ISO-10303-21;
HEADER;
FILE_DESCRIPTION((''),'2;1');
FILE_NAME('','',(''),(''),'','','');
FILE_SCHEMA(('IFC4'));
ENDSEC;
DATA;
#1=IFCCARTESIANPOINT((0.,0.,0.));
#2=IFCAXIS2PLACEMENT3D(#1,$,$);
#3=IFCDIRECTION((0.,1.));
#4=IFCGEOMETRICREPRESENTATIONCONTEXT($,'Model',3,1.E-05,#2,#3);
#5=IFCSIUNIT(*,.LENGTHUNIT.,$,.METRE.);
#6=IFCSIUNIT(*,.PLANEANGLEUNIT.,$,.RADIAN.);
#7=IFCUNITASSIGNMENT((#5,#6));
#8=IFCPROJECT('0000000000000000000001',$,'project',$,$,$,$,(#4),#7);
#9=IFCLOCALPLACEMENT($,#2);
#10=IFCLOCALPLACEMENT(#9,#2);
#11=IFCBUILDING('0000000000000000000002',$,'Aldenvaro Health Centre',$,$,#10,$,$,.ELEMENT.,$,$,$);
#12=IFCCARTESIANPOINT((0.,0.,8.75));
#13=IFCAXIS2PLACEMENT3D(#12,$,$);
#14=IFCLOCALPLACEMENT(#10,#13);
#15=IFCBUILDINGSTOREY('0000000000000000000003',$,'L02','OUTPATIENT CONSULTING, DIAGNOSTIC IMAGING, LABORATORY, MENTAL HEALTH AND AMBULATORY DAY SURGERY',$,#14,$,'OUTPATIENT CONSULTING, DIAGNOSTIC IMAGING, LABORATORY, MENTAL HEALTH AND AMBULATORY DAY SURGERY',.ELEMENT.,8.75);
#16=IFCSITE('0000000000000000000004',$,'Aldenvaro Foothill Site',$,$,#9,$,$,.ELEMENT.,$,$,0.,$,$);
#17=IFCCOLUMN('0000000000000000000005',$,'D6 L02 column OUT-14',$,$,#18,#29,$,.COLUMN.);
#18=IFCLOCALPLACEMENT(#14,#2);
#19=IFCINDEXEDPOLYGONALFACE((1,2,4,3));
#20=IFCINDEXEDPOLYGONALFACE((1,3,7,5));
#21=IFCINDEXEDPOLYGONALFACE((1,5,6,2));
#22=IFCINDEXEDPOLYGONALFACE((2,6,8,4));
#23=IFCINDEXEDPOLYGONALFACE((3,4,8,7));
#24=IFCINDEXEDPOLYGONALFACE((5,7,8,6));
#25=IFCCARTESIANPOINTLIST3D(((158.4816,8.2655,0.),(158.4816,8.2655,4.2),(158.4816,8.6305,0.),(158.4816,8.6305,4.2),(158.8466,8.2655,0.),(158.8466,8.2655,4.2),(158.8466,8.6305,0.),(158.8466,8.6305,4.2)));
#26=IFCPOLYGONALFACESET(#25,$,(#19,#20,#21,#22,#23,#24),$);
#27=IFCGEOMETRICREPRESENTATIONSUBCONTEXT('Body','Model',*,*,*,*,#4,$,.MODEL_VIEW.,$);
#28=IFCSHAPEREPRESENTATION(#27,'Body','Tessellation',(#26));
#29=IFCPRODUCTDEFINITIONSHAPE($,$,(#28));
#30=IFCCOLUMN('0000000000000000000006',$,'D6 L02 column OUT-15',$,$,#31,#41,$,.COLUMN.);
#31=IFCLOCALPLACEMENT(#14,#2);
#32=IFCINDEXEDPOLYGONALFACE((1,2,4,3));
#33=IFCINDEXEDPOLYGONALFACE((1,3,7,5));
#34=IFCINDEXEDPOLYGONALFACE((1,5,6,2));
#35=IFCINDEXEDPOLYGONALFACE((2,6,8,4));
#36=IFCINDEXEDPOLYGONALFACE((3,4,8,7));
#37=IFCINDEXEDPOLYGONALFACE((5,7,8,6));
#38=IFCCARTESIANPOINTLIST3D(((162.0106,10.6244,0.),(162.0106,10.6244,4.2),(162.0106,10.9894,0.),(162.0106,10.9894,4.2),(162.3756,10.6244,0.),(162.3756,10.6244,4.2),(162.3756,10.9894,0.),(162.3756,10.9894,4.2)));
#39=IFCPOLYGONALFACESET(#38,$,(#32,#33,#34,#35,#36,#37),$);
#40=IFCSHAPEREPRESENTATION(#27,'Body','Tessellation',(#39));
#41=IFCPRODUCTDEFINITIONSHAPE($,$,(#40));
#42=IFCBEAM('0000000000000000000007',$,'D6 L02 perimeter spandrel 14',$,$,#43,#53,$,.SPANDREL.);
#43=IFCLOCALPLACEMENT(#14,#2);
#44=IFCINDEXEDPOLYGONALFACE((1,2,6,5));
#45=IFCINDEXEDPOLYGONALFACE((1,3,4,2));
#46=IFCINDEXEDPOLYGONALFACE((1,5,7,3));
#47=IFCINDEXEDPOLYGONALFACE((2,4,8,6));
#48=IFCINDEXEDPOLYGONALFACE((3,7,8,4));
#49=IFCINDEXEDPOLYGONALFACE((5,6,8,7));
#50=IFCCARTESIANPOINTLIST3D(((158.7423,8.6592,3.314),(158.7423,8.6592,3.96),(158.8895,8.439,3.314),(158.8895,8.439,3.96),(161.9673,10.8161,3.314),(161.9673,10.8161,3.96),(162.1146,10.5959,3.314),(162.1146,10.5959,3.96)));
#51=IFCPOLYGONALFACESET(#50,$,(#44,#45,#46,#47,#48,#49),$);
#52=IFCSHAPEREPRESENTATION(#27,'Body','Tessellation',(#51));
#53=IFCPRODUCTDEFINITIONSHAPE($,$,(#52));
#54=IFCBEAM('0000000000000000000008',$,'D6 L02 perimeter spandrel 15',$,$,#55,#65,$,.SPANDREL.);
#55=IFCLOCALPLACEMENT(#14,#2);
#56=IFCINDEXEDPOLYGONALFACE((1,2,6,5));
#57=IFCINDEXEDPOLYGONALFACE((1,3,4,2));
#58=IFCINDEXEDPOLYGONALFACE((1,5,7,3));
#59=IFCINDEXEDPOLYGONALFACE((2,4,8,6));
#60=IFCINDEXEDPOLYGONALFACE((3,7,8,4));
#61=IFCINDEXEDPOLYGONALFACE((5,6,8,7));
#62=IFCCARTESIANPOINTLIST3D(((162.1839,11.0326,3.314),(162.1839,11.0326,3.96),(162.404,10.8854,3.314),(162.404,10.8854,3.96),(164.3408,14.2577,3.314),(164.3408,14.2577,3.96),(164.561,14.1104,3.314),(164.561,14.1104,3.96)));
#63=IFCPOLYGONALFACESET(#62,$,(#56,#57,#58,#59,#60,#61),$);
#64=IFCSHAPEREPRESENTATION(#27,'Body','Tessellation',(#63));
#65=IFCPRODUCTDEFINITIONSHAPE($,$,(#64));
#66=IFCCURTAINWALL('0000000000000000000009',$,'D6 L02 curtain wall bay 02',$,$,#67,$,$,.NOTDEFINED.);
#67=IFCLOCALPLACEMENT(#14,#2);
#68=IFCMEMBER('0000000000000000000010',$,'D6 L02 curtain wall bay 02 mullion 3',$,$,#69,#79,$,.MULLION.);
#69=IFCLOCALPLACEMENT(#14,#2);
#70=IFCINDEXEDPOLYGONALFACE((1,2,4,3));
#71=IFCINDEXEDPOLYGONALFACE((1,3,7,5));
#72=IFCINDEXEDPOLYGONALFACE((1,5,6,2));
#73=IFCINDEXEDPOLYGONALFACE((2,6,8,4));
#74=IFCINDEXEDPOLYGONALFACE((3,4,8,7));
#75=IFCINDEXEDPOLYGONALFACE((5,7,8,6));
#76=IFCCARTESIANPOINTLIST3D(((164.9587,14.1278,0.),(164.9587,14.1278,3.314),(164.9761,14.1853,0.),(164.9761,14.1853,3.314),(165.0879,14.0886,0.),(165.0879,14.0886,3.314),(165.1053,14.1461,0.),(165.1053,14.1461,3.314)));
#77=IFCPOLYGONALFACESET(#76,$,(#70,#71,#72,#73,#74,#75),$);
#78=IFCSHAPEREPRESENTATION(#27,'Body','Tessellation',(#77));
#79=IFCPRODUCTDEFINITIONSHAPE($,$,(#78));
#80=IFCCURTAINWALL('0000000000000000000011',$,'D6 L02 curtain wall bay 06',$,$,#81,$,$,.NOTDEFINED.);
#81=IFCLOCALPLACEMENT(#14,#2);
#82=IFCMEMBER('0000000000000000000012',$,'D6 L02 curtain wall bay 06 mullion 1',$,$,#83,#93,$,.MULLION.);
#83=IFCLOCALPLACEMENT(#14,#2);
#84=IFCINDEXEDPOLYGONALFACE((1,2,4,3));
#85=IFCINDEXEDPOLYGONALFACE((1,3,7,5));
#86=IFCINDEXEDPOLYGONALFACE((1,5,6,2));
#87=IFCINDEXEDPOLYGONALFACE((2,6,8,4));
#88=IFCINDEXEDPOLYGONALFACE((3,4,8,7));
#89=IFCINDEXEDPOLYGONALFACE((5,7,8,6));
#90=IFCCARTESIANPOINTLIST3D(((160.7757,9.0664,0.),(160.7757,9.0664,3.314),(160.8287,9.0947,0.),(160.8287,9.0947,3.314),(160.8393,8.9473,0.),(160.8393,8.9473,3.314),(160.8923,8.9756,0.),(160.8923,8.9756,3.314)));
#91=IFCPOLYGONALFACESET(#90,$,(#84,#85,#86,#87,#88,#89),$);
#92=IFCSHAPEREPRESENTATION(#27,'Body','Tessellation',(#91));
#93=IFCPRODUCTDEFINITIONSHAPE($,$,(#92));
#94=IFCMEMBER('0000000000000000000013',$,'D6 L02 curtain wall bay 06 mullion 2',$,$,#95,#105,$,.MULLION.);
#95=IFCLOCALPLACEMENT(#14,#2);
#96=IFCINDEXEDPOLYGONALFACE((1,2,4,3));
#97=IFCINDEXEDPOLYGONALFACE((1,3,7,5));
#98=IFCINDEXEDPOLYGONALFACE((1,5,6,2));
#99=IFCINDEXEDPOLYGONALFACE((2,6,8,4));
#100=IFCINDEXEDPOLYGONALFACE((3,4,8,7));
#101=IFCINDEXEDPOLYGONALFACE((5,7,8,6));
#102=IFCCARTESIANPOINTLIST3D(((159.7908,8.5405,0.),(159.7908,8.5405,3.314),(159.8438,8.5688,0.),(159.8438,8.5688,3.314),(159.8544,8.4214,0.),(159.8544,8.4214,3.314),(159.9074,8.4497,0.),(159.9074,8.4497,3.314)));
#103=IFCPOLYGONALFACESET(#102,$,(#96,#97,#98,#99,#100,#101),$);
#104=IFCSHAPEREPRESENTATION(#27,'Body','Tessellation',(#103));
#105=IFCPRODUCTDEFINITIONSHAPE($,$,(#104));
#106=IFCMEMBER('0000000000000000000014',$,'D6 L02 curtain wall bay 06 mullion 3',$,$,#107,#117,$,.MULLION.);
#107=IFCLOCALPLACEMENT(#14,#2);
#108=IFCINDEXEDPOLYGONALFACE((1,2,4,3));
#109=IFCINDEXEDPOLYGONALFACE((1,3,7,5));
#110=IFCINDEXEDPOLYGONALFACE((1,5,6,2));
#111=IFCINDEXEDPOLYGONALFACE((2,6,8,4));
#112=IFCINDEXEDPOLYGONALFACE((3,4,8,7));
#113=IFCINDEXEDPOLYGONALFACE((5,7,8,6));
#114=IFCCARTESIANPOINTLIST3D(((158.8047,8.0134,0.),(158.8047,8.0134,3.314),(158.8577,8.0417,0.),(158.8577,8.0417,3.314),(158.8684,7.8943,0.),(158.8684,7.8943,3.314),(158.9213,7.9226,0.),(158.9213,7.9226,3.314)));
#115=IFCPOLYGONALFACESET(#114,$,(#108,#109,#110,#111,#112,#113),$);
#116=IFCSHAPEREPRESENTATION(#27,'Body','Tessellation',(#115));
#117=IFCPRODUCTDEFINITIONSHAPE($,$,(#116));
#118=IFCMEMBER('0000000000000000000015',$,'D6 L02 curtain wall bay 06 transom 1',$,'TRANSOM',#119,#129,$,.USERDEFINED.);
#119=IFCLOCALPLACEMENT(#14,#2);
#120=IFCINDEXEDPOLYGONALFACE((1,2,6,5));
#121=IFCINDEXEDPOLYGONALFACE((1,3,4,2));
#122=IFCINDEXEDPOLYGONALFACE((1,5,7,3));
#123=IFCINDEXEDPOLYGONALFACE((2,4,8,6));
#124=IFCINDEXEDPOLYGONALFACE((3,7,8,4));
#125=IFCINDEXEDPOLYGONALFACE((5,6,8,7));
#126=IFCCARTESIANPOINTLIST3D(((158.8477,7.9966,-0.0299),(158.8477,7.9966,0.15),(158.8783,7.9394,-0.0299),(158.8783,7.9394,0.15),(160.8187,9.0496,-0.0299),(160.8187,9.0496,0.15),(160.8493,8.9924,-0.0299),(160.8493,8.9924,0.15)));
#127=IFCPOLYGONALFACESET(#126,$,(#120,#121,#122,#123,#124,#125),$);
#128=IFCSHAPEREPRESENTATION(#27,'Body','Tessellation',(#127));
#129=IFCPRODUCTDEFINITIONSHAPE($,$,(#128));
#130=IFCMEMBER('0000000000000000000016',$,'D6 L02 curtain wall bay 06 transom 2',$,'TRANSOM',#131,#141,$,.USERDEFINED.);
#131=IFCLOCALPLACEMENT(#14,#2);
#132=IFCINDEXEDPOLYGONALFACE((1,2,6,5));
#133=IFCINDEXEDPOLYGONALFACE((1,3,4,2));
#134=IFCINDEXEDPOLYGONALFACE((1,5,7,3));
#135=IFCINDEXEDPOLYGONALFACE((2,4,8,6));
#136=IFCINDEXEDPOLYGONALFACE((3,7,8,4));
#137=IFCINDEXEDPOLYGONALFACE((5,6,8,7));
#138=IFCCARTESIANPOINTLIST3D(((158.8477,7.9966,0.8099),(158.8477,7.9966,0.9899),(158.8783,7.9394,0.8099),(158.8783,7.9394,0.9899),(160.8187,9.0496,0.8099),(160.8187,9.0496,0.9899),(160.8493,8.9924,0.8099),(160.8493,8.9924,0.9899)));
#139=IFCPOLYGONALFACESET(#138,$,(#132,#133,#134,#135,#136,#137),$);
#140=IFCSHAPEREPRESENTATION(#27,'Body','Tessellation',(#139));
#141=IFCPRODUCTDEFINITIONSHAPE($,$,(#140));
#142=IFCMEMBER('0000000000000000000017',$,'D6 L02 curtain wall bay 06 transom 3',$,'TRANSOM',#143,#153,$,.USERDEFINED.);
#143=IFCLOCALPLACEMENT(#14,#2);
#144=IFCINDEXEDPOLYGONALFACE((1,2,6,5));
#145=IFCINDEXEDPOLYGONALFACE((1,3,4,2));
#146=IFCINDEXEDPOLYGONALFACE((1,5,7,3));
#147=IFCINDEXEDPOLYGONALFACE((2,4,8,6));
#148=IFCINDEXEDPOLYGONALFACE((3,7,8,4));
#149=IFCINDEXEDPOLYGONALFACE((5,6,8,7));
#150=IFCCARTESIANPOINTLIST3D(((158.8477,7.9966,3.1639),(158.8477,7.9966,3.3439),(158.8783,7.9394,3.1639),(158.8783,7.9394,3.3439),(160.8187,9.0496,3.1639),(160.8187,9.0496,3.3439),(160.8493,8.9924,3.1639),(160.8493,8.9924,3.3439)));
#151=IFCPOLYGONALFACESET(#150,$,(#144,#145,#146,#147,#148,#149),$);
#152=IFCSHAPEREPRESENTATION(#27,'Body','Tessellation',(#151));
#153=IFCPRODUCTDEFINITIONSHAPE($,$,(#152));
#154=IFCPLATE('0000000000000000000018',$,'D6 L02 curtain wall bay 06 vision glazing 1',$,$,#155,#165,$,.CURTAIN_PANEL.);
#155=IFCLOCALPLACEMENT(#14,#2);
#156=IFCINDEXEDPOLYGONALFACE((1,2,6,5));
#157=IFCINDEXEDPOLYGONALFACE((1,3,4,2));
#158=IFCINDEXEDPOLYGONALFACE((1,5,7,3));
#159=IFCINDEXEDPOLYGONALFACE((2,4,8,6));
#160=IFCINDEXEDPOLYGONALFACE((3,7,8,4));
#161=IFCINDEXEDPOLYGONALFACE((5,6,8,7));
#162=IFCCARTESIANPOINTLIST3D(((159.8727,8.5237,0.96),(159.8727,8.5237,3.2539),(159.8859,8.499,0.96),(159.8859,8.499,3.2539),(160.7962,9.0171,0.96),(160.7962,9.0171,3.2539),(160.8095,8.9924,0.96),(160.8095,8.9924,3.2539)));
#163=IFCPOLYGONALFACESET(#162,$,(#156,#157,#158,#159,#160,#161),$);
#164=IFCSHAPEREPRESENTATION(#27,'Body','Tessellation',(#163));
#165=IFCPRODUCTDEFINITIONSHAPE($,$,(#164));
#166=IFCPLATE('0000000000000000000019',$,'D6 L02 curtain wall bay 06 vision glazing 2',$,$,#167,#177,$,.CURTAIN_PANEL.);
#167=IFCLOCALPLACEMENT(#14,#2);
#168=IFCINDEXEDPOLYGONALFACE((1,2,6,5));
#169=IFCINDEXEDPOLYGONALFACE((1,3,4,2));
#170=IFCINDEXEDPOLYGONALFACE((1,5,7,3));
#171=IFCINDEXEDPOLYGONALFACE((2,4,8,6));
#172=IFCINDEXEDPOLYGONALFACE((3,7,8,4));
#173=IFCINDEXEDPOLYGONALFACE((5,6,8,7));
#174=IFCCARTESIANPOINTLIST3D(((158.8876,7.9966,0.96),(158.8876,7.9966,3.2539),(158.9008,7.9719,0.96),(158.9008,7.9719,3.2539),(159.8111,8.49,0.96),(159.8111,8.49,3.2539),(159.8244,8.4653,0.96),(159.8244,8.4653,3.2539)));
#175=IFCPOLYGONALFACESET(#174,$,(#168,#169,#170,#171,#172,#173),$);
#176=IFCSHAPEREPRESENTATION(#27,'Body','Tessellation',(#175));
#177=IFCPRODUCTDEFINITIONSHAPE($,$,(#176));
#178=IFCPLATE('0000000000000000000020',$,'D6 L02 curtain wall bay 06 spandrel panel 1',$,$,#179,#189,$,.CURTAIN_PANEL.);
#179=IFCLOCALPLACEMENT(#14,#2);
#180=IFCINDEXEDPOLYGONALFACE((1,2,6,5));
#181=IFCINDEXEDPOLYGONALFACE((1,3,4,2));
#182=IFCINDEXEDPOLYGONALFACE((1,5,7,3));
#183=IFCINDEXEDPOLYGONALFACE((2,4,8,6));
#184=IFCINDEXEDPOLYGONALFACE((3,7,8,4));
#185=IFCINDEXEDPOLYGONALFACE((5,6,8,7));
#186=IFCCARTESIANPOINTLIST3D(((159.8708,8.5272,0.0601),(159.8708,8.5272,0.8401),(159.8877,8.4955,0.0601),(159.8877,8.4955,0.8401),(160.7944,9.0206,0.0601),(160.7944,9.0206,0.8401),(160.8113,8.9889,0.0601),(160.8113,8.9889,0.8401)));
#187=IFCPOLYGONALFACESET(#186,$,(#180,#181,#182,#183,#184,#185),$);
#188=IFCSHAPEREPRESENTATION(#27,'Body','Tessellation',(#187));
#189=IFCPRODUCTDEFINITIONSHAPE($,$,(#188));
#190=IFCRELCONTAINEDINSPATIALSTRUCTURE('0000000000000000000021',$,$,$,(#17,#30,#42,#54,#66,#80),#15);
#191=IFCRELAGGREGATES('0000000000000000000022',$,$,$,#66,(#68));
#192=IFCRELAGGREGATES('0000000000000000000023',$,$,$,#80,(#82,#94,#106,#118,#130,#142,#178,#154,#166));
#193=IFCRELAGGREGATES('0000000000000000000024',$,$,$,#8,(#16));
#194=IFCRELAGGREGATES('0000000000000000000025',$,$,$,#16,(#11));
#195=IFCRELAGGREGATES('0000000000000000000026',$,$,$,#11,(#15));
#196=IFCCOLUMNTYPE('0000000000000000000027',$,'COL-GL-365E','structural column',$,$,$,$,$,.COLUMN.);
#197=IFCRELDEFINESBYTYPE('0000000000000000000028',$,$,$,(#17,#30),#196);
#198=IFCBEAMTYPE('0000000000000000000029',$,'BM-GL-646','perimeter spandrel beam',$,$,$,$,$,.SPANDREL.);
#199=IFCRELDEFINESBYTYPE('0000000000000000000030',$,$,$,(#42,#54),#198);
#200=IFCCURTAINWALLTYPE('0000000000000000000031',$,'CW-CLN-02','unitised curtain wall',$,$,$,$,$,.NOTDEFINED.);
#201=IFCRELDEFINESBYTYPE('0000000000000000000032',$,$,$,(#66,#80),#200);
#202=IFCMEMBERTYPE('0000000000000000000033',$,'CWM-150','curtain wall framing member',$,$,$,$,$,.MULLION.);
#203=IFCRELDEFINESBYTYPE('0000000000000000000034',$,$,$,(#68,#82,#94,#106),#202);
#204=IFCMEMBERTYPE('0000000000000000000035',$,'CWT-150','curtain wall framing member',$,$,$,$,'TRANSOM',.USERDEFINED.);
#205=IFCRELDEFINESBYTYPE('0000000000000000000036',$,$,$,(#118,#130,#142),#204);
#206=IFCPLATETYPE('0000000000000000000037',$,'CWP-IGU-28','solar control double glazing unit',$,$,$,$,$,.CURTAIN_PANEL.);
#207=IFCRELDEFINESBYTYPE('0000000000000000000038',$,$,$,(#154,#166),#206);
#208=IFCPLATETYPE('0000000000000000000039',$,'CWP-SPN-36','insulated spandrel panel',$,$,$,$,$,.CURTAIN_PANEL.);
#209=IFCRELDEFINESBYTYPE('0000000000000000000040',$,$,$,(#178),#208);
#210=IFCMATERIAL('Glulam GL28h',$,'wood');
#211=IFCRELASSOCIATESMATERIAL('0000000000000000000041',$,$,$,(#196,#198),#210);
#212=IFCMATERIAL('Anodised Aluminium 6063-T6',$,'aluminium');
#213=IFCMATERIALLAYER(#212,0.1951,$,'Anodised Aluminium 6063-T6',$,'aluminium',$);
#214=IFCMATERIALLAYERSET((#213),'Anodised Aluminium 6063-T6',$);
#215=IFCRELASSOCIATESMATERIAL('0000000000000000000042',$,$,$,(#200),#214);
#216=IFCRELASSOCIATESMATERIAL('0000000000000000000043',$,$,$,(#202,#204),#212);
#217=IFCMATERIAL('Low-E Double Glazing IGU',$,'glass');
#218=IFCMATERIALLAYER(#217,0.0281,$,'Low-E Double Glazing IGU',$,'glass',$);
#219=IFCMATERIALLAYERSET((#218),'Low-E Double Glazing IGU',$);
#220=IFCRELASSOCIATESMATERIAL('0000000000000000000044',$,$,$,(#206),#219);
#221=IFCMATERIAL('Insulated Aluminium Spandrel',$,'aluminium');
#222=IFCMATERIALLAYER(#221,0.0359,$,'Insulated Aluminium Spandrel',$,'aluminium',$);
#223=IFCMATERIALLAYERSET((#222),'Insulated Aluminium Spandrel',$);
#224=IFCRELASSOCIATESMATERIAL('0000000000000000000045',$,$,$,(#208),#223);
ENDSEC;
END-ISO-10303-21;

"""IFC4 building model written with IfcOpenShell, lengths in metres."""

from ifc_helpers import new_model, si_unit, direction, frame, origin, origin_2d, place, context, subcontext, project, spatial, rectangle, extrude, material, layer, layer_set, material_profile, profile_set, type_object, element, aggregate, save


model = new_model("IFC4")

# Units and contexts
model_context = context("Model", 3, precision=1e-05, world=origin(), true_north=direction((0.0, 1.0)))
body_context = subcontext(model_context, "Body", "Model", "MODEL_VIEW")
ifc_project = project(units=[si_unit("LENGTHUNIT", "METRE"), si_unit("PLANEANGLEUNIT", "RADIAN")], contexts=[model_context])

# Site, building, storey
site_placement = place(None, origin())
site = spatial("IfcSite", under=ifc_project, at=site_placement, Name="Aldenvaro Foothill Site", CompositionType="ELEMENT", RefElevation=0.0)
building_placement = place(site_placement, origin())
building = spatial("IfcBuilding", under=site, at=building_placement, Name="Aldenvaro Health Centre", CompositionType="ELEMENT")
storey_placement = place(building_placement, frame((0.0, 0.0, 8.75)))
storey = spatial("IfcBuildingStorey", under=building, at=storey_placement, Name="L02", Description="OUTPATIENT CONSULTING, DIAGNOSTIC IMAGING, LABORATORY, MENTAL HEALTH AND AMBULATORY DAY SURGERY", LongName="OUTPATIENT CONSULTING, DIAGNOSTIC IMAGING, LABORATORY, MENTAL HEALTH AND AMBULATORY DAY SURGERY", CompositionType="ELEMENT", Elevation=8.75)

# Columns
ifc_material_1 = material(Name="Glulam GL28h", Category="wood")
ifc_material_profile_1 = material_profile(ifc_material_1, rectangle(XDim=0.365, YDim=0.365, at=origin_2d()), Name="GL 365x365", Category="wood")
ifc_profile_set_1 = profile_set([ifc_material_profile_1], Name="Glulam GL28h")
column_type = type_object("IfcColumnType", Name="COL-GL-365E", Description="structural column", PredefinedType="COLUMN", material=ifc_profile_set_1)
for number, where, z_axis, x_axis, name in (
    (1, (158.6641, 8.448, 0.0), (0.0, 0.0, 1.0), (1.0, 0.0, 0.0), "D6 L02 column OUT-14"),
    (2, (162.1931, 10.8069, 0.0), (0.0, 0.0, 1.0), (1.0, 0.0, 0.0), "D6 L02 column OUT-15"),
):
    element("IfcColumn", number, at=place(storey_placement, frame(where, z_axis=z_axis, x_axis=x_axis)), inside=storey, type_object=column_type, Name=name, PredefinedType="COLUMN", context=body_context, shape_type="SweptSolid", body=[
        extrude(rectangle(XDim=0.365, YDim=0.365, at=origin_2d()), origin(), (0.0, 0.0, 1.0), 4.2),
    ])

# Beams
ifc_material_profile_2 = material_profile(ifc_material_1, rectangle(XDim=0.2649, YDim=0.646, at=origin_2d()), Name="GL 265x646", Category="wood")
ifc_profile_set_2 = profile_set([ifc_material_profile_2], Name="Glulam GL28h")
beam_type = type_object("IfcBeamType", Name="BM-GL-646", Description="perimeter spandrel beam", PredefinedType="SPANDREL", material=ifc_profile_set_2)
for number, where, z_axis, x_axis, name in (
    (3, (158.8159, 8.5491, 3.637), (0.831227, 0.555934, 0.0), (-0.555934, 0.831227, 0.0), "D6 L02 perimeter spandrel 14"),
    (4, (162.2939, 10.959, 3.637), (0.555934, 0.831227, 0.0), (-0.831227, 0.555934, 0.0), "D6 L02 perimeter spandrel 15"),
):
    element("IfcBeam", number, at=place(storey_placement, frame(where, z_axis=z_axis, x_axis=x_axis)), inside=storey, type_object=beam_type, Name=name, PredefinedType="SPANDREL", context=body_context, shape_type="SweptSolid", body=[
        extrude(rectangle(XDim=0.2649, YDim=0.646, at=origin_2d()), origin(), (0.0, 0.0, 1.0), 3.8799),
    ])

# Curtain wall, member
ifc_material_2 = material(Name="Anodised Aluminium 6063-T6", Category="aluminium")
ifc_layer_1 = layer(ifc_material_2, 0.1951, Name="Anodised Aluminium 6063-T6", Category="aluminium")
ifc_layer_set_1 = layer_set([ifc_layer_1], Name="Anodised Aluminium 6063-T6")
curtain_wall_type = type_object("IfcCurtainWallType", Name="CW-CLN-02", Description="unitised curtain wall", PredefinedType="NOTDEFINED", material=ifc_layer_set_1)
curtain_wall_1_placement = place(storey_placement, origin())
curtain_wall_1 = element("IfcCurtainWall", 5, at=curtain_wall_1_placement, inside=storey, type_object=curtain_wall_type, Name="D6 L02 curtain wall bay 02", PredefinedType="NOTDEFINED")
ifc_material_profile_3 = material_profile(ifc_material_2, rectangle(XDim=0.0601, YDim=0.135, at=origin_2d()), Name="ALU 60x135", Category="aluminium")
ifc_profile_set_3 = profile_set([ifc_material_profile_3], Name="Anodised Aluminium 6063-T6")
member_type_1 = type_object("IfcMemberType", Name="CWM-150", Description="curtain wall framing member", PredefinedType="MULLION", material=ifc_profile_set_3)
member_1_placement = place(storey_placement, frame((165.032, 14.137, 0.0), z_axis=(0.0, 0.0, 1.0), x_axis=(-0.290343, -0.956923, 0.0)))
member_1 = element("IfcMember", 6, at=member_1_placement, type_object=member_type_1, Name="D6 L02 curtain wall bay 02 mullion 3", PredefinedType="MULLION", context=body_context, shape_type="SweptSolid", body=[
    extrude(rectangle(XDim=0.0601, YDim=0.135, at=origin_2d()), origin(), (0.0, 0.0, 1.0), 3.314),
])
aggregate(curtain_wall_1, [member_1])

# Curtain wall, members, plates
curtain_wall_2_placement = place(storey_placement, origin())
curtain_wall_2 = element("IfcCurtainWall", 7, at=curtain_wall_2_placement, inside=storey, type_object=curtain_wall_type, Name="D6 L02 curtain wall bay 06", PredefinedType="NOTDEFINED")
member_2_placement = place(storey_placement, frame((160.834, 9.021, 0.0), z_axis=(0.0, 0.0, 1.0), x_axis=(-0.882018, -0.471215, 0.0)))
member_2 = element("IfcMember", 8, at=member_2_placement, type_object=member_type_1, Name="D6 L02 curtain wall bay 06 mullion 1", PredefinedType="MULLION", context=body_context, shape_type="SweptSolid", body=[
    extrude(rectangle(XDim=0.0601, YDim=0.135, at=origin_2d()), origin(), (0.0, 0.0, 1.0), 3.314),
])
member_3_placement = place(storey_placement, frame((159.8491, 8.4951, 0.0), z_axis=(0.0, 0.0, 1.0), x_axis=(-0.882018, -0.471215, 0.0)))
member_3 = element("IfcMember", 9, at=member_3_placement, type_object=member_type_1, Name="D6 L02 curtain wall bay 06 mullion 2", PredefinedType="MULLION", context=body_context, shape_type="SweptSolid", body=[
    extrude(rectangle(XDim=0.0601, YDim=0.135, at=origin_2d()), origin(), (0.0, 0.0, 1.0), 3.314),
])
member_4_placement = place(storey_placement, frame((158.863, 7.968, 0.0), z_axis=(0.0, 0.0, 1.0), x_axis=(-0.882018, -0.471215, 0.0)))
member_4 = element("IfcMember", 10, at=member_4_placement, type_object=member_type_1, Name="D6 L02 curtain wall bay 06 mullion 3", PredefinedType="MULLION", context=body_context, shape_type="SweptSolid", body=[
    extrude(rectangle(XDim=0.0601, YDim=0.135, at=origin_2d()), origin(), (0.0, 0.0, 1.0), 3.314),
])
ifc_material_profile_4 = material_profile(ifc_material_2, rectangle(XDim=0.0649, YDim=0.1799, at=origin_2d()), Name="ALU 65x180", Category="aluminium")
ifc_profile_set_4 = profile_set([ifc_material_profile_4], Name="Anodised Aluminium 6063-T6")
member_type_2 = type_object("IfcMemberType", Name="CWT-150", Description="curtain wall framing member", ElementType="TRANSOM", PredefinedType="USERDEFINED", material=ifc_profile_set_4)
member_5_placement = place(storey_placement, frame((160.834, 9.021, 0.0601), z_axis=(-0.882017, -0.471218, 0.0), x_axis=(0.471218, -0.882017, 0.0)))
member_5 = element("IfcMember", 11, at=member_5_placement, type_object=member_type_2, Name="D6 L02 curtain wall bay 06 transom 1", ObjectType="TRANSOM", PredefinedType="USERDEFINED", context=body_context, shape_type="SweptSolid", body=[
    extrude(rectangle(XDim=0.0649, YDim=0.1799, at=origin_2d()), origin(), (0.0, 0.0, 1.0), 2.2346),
])
member_6_placement = place(storey_placement, frame((160.834, 9.021, 0.8999), z_axis=(-0.882017, -0.471218, 0.0), x_axis=(0.471218, -0.882017, 0.0)))
member_6 = element("IfcMember", 12, at=member_6_placement, type_object=member_type_2, Name="D6 L02 curtain wall bay 06 transom 2", ObjectType="TRANSOM", PredefinedType="USERDEFINED", context=body_context, shape_type="SweptSolid", body=[
    extrude(rectangle(XDim=0.0649, YDim=0.1799, at=origin_2d()), origin(), (0.0, 0.0, 1.0), 2.2346),
])
member_7_placement = place(storey_placement, frame((160.834, 9.021, 3.2539), z_axis=(-0.882017, -0.471218, 0.0), x_axis=(0.471218, -0.882017, 0.0)))
member_7 = element("IfcMember", 13, at=member_7_placement, type_object=member_type_2, Name="D6 L02 curtain wall bay 06 transom 3", ObjectType="TRANSOM", PredefinedType="USERDEFINED", context=body_context, shape_type="SweptSolid", body=[
    extrude(rectangle(XDim=0.0649, YDim=0.1799, at=origin_2d()), origin(), (0.0, 0.0, 1.0), 2.2346),
])
ifc_material_3 = material(Name="Low-E Double Glazing IGU", Category="glass")
ifc_layer_2 = layer(ifc_material_3, 0.0281, Name="Low-E Double Glazing IGU", Category="glass")
ifc_layer_set_2 = layer_set([ifc_layer_2], Name="Low-E Double Glazing IGU")
plate_type_1 = type_object("IfcPlateType", Name="CWP-IGU-28", Description="solar control double glazing unit", PredefinedType="CURTAIN_PANEL", material=ifc_layer_set_2)
plate_1_placement = place(storey_placement, frame((160.3411, 8.7581, 0.96), z_axis=(0.0, 0.0, 1.0), x_axis=(-0.882018, -0.471215, 0.0)))
plate_1 = element("IfcPlate", 14, at=plate_1_placement, type_object=plate_type_1, Name="D6 L02 curtain wall bay 06 vision glazing 1", PredefinedType="CURTAIN_PANEL", context=body_context, shape_type="SweptSolid", body=[
    extrude(rectangle(XDim=1.0471, YDim=0.0281, at=origin_2d()), origin(), (0.0, 0.0, 1.0), 2.2939),
])
plate_2_placement = place(storey_placement, frame((159.356, 8.231, 0.96), z_axis=(0.0, 0.0, 1.0), x_axis=(-0.882018, -0.471215, 0.0)))
plate_2 = element("IfcPlate", 15, at=plate_2_placement, type_object=plate_type_1, Name="D6 L02 curtain wall bay 06 vision glazing 2", PredefinedType="CURTAIN_PANEL", context=body_context, shape_type="SweptSolid", body=[
    extrude(rectangle(XDim=1.0471, YDim=0.0281, at=origin_2d()), origin(), (0.0, 0.0, 1.0), 2.2939),
])
ifc_material_4 = material(Name="Insulated Aluminium Spandrel", Category="aluminium")
ifc_layer_3 = layer(ifc_material_4, 0.0359, Name="Insulated Aluminium Spandrel", Category="aluminium")
ifc_layer_set_3 = layer_set([ifc_layer_3], Name="Insulated Aluminium Spandrel")
plate_type_2 = type_object("IfcPlateType", Name="CWP-SPN-36", Description="insulated spandrel panel", PredefinedType="CURTAIN_PANEL", material=ifc_layer_set_3)
plate_3_placement = place(storey_placement, frame((160.3411, 8.7581, 0.0601), z_axis=(0.0, 0.0, 1.0), x_axis=(-0.882018, -0.471215, 0.0)))
plate_3 = element("IfcPlate", 16, at=plate_3_placement, type_object=plate_type_2, Name="D6 L02 curtain wall bay 06 spandrel panel 1", PredefinedType="CURTAIN_PANEL", context=body_context, shape_type="SweptSolid", body=[
    extrude(rectangle(XDim=1.0471, YDim=0.0359, at=origin_2d()), origin(), (0.0, 0.0, 1.0), 0.78),
])
aggregate(curtain_wall_2, [member_2, member_3, member_4, member_5, member_6, member_7, plate_3, plate_1, plate_2])

save(model, "model.ifc")
